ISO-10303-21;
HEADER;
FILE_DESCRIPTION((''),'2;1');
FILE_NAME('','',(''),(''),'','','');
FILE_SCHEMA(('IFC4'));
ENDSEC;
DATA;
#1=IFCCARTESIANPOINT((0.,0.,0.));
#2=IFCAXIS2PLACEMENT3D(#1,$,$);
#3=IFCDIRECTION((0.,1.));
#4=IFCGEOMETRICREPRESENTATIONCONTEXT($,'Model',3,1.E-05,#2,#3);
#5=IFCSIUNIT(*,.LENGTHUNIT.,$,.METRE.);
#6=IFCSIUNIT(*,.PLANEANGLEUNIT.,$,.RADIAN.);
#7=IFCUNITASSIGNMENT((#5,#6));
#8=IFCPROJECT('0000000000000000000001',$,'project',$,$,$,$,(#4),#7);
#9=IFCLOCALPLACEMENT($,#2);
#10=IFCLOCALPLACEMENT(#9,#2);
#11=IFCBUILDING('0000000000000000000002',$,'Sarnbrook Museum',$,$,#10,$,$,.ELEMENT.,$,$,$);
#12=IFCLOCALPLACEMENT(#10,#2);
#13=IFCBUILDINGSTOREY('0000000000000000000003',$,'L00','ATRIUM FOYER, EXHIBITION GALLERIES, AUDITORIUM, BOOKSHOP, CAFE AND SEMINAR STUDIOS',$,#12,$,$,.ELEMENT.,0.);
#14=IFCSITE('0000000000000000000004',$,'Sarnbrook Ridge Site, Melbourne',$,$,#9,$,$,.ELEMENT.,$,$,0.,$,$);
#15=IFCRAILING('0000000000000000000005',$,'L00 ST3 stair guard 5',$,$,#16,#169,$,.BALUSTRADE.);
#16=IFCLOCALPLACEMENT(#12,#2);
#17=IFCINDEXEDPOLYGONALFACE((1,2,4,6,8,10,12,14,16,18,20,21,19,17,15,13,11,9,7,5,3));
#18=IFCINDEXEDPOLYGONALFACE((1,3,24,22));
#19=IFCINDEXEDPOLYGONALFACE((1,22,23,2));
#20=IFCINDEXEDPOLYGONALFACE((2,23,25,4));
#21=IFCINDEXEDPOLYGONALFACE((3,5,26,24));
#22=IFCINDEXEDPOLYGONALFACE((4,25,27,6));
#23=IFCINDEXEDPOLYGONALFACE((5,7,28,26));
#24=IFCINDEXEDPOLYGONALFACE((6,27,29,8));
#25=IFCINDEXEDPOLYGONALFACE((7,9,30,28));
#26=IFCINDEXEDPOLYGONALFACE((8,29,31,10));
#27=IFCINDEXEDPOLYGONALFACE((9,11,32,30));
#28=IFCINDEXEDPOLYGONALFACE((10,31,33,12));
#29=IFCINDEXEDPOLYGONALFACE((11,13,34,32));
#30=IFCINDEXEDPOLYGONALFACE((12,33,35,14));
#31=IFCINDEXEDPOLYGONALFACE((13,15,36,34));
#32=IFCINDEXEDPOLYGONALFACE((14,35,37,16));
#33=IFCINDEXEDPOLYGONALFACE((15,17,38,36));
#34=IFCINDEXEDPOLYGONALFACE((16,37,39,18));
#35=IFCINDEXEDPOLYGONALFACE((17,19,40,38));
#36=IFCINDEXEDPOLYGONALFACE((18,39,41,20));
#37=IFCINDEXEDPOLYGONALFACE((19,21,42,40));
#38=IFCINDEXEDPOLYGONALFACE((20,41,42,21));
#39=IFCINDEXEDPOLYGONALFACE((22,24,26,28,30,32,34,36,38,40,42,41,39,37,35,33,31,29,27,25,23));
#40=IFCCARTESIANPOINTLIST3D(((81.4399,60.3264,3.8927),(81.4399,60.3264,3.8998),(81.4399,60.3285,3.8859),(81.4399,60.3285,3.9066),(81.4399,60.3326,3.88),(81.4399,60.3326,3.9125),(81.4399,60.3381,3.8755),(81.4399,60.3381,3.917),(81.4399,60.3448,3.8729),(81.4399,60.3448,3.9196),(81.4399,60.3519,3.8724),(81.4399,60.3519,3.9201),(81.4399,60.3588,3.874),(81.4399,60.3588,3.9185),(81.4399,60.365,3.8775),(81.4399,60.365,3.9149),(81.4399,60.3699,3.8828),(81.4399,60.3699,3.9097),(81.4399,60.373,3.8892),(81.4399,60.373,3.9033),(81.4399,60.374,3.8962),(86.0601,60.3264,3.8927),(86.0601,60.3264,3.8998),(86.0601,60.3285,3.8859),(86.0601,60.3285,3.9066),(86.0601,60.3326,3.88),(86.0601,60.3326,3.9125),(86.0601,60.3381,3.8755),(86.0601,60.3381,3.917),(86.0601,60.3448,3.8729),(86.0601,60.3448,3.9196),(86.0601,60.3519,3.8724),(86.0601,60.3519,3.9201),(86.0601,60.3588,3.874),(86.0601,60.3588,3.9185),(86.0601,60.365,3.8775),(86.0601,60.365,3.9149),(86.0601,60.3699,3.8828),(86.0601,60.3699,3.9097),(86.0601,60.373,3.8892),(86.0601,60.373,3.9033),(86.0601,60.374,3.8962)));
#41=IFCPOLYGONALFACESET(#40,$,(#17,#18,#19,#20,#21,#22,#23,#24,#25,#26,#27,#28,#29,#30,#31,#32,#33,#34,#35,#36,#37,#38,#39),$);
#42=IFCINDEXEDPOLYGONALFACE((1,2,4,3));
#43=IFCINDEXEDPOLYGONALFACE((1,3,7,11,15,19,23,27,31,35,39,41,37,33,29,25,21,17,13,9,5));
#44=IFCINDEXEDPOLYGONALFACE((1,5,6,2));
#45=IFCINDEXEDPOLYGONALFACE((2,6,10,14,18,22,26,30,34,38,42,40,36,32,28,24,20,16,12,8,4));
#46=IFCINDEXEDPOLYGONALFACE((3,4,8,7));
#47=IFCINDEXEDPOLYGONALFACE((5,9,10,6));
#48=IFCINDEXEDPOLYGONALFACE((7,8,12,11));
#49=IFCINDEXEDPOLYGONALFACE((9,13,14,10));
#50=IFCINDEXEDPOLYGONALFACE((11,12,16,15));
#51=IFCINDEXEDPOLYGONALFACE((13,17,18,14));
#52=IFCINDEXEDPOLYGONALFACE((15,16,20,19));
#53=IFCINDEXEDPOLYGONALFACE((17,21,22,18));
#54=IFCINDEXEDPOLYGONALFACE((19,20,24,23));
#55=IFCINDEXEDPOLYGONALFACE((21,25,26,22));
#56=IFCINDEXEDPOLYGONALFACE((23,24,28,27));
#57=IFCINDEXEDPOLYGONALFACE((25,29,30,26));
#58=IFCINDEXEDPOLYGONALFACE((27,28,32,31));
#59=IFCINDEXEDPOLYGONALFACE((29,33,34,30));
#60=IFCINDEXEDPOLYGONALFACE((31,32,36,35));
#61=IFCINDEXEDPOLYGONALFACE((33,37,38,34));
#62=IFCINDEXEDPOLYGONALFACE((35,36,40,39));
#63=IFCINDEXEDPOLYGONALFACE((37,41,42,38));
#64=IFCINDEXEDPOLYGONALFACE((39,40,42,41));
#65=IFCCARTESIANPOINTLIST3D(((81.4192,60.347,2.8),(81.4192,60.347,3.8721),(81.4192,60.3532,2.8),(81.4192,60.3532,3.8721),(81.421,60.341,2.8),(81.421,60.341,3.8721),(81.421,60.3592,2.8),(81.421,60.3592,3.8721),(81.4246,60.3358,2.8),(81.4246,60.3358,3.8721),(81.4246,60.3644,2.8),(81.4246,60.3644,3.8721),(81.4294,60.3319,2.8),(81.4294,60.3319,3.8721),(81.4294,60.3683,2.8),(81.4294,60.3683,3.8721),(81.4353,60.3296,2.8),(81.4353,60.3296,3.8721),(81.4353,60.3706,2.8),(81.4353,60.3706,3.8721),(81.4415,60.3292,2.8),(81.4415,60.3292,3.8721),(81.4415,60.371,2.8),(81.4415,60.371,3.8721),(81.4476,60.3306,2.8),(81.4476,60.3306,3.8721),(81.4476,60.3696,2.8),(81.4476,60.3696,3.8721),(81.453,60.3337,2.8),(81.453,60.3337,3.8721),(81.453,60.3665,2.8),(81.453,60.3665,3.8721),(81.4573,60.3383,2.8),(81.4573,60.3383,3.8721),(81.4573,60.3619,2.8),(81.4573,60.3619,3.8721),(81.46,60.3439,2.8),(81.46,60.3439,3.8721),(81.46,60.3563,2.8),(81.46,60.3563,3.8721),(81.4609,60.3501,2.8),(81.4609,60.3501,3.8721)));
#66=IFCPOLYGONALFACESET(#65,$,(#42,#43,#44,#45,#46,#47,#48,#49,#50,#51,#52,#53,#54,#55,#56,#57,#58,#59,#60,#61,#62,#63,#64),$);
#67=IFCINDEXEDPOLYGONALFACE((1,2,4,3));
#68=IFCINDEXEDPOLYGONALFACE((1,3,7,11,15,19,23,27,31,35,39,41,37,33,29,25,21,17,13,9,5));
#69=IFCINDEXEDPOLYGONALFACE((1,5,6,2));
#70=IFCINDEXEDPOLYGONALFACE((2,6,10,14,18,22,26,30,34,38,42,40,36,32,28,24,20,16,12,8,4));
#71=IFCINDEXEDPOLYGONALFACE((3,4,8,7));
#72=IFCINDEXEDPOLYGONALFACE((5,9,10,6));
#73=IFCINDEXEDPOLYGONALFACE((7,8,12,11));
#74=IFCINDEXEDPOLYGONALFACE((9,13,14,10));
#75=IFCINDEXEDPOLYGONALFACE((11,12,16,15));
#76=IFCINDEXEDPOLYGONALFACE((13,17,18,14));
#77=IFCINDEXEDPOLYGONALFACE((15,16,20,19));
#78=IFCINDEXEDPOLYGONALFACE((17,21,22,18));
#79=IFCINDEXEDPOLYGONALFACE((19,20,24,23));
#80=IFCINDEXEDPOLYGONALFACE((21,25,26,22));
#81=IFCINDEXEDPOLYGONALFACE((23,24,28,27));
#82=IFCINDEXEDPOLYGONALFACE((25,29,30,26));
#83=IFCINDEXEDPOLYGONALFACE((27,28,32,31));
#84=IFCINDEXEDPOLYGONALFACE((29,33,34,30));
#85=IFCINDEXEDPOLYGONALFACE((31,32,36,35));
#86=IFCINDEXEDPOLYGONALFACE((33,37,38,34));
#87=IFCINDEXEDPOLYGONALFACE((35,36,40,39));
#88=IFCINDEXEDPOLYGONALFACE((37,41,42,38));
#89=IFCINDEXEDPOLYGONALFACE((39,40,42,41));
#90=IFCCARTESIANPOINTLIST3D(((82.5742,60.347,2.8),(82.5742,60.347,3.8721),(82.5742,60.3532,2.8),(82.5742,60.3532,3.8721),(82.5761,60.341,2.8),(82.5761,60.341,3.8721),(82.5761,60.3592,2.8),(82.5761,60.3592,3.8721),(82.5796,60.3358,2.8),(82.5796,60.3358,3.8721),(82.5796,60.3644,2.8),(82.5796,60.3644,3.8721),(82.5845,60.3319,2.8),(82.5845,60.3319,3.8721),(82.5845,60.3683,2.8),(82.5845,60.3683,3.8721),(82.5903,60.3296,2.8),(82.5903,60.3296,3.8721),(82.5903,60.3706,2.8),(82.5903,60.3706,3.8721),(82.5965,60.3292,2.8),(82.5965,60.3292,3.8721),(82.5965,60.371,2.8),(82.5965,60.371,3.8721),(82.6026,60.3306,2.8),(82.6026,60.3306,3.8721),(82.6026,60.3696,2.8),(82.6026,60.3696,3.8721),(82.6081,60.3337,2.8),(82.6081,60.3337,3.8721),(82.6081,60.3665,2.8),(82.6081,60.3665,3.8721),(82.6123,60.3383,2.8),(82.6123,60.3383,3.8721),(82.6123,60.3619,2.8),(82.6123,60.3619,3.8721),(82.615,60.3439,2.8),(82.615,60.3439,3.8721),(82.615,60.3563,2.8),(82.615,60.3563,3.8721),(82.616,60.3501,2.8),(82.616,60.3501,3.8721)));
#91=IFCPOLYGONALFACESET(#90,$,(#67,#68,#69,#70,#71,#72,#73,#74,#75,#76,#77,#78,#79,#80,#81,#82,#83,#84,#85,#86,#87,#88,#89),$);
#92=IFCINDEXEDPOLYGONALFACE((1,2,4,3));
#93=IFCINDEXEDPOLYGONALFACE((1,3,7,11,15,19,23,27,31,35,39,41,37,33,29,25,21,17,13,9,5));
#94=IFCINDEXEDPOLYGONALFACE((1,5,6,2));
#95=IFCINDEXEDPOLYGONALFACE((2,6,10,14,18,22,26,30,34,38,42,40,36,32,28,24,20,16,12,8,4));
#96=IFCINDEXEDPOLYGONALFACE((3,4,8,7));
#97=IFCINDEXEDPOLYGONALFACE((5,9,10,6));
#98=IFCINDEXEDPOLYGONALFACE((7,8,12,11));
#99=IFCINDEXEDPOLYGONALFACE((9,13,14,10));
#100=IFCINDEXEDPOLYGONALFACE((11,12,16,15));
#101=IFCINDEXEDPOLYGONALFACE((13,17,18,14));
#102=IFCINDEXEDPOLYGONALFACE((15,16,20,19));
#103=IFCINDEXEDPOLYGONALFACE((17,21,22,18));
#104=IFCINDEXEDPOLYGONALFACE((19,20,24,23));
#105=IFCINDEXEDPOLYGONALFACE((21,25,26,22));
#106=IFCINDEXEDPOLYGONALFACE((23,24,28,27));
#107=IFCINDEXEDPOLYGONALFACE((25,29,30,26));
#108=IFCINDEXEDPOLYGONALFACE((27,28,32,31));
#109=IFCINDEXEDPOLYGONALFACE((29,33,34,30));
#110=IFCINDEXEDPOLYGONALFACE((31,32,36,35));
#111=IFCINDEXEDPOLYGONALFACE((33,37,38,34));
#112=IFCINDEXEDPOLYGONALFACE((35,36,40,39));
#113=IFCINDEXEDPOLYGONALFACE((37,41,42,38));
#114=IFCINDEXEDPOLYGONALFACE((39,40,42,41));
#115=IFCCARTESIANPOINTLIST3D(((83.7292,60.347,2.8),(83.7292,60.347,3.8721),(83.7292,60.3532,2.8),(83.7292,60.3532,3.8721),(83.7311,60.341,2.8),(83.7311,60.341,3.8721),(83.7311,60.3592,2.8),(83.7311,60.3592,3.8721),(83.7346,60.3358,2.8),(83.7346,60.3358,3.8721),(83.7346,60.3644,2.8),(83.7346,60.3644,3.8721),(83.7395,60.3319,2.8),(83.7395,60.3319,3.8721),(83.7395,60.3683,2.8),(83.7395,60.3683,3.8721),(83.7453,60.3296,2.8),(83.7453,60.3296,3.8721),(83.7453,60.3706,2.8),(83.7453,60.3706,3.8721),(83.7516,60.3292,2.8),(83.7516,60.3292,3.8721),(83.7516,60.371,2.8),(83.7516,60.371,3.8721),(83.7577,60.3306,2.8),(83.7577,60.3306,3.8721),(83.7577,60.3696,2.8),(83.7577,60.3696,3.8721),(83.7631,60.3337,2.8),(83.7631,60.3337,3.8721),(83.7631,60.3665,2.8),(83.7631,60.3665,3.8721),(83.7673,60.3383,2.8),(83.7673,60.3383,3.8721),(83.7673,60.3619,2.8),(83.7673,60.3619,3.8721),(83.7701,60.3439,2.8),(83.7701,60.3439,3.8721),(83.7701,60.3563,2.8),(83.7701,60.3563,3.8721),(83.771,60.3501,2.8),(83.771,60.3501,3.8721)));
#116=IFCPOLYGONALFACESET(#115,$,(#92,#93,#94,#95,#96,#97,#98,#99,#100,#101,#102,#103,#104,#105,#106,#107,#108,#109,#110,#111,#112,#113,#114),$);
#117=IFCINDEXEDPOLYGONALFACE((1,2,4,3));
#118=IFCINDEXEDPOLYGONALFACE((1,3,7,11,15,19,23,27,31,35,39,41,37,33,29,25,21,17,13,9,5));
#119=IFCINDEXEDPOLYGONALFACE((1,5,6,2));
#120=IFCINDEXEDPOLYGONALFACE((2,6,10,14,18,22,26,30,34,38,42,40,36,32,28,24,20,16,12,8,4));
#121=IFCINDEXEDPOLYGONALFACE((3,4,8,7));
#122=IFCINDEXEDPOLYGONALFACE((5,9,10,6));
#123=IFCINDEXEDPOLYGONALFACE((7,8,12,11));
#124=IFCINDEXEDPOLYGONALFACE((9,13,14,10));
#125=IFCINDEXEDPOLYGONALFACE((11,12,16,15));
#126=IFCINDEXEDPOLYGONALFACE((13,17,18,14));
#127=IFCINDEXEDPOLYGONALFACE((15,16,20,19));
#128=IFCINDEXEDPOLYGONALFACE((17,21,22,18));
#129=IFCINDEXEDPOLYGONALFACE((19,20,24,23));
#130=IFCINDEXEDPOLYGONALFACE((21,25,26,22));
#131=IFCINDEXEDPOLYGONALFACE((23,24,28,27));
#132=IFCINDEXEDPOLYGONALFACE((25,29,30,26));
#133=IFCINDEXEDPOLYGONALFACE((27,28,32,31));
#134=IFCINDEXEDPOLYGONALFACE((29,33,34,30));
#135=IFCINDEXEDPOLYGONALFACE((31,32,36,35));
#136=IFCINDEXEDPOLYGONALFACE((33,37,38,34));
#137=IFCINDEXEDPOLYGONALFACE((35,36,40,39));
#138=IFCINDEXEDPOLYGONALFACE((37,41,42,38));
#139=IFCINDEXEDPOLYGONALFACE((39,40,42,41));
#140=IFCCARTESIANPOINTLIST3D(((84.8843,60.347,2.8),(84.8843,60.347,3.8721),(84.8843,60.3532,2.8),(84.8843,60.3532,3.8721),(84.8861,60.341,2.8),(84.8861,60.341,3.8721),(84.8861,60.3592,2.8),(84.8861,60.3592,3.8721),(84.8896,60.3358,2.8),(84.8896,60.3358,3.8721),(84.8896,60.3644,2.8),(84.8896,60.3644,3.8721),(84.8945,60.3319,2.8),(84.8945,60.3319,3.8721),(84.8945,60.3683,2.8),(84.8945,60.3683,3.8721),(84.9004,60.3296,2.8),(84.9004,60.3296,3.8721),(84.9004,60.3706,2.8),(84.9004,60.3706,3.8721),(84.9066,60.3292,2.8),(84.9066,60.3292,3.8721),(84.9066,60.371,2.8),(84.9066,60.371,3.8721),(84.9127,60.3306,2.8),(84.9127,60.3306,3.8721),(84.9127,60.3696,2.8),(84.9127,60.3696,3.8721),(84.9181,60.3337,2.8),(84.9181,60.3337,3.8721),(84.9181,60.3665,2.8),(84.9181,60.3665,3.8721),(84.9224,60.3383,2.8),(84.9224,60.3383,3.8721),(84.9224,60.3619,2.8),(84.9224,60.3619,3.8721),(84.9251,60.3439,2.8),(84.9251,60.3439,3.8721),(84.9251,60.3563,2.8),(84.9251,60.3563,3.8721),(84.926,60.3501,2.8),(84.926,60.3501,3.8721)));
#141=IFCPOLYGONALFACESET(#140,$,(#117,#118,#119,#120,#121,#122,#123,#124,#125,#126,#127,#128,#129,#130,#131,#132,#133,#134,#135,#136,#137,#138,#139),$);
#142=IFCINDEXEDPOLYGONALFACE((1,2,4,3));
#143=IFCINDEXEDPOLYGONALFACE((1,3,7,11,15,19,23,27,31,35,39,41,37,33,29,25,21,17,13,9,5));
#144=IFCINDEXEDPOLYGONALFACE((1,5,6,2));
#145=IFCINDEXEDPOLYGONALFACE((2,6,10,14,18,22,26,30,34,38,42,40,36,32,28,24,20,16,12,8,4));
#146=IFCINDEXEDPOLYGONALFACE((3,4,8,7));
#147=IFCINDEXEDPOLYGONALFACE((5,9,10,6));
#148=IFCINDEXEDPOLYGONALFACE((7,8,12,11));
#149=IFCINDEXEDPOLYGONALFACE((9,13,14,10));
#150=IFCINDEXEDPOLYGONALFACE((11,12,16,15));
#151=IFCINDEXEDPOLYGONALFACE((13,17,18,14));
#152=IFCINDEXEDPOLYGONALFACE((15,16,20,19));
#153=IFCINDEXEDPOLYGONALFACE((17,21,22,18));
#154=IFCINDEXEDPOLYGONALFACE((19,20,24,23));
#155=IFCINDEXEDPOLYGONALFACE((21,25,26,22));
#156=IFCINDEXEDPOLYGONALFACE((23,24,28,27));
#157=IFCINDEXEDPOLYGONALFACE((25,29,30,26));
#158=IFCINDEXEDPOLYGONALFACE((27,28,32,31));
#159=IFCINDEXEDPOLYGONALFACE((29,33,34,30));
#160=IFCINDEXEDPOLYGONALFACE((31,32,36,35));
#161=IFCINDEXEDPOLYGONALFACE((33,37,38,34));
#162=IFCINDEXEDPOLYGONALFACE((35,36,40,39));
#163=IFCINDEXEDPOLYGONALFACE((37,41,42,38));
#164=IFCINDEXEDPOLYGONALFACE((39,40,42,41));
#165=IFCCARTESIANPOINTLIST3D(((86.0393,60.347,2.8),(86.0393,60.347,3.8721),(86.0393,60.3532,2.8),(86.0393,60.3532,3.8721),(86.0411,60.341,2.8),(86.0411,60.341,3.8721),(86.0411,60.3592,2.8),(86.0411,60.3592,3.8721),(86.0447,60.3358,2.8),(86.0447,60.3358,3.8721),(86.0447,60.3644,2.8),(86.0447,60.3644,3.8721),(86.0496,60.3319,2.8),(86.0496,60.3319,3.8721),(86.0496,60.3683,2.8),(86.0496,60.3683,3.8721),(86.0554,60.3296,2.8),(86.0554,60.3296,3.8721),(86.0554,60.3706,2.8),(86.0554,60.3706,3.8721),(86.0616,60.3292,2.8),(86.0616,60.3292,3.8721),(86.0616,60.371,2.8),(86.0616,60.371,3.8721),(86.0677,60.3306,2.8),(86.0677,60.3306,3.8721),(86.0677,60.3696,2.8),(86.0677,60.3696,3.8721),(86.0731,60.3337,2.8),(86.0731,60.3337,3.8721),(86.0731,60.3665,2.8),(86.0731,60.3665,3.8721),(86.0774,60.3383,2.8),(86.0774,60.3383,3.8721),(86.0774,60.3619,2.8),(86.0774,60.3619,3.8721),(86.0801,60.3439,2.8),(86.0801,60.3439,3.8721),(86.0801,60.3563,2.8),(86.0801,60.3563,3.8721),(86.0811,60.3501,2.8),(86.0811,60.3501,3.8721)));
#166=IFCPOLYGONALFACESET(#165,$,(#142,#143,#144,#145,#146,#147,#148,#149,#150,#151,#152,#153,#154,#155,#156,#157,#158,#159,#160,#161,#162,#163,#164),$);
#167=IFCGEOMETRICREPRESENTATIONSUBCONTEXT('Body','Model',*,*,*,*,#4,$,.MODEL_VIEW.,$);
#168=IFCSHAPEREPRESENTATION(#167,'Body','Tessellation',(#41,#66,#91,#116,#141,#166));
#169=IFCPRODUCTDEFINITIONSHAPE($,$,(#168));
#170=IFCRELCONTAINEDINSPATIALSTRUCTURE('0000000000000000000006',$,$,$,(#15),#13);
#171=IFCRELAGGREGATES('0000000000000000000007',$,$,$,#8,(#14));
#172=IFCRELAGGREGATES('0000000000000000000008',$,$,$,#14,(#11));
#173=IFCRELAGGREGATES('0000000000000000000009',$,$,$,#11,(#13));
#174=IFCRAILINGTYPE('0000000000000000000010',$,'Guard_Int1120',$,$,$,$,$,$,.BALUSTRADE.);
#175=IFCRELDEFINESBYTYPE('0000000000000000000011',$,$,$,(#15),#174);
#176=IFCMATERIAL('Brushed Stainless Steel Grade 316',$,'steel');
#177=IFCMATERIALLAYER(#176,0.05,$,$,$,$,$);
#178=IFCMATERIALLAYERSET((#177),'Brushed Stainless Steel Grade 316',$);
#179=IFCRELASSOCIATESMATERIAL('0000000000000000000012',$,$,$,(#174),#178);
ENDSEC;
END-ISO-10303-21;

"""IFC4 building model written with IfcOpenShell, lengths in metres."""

from ifc_helpers import new_model, si_unit, direction, frame, origin, origin_2d, place, context, subcontext, project, spatial, circle, extrude, material, layer, layer_set, type_object, element, save


model = new_model("IFC4")

# Units and contexts
model_context = context("Model", 3, precision=1e-05, world=origin(), true_north=direction((0.0, 1.0)))
body_context = subcontext(model_context, "Body", "Model", "MODEL_VIEW")
ifc_project = project(units=[si_unit("LENGTHUNIT", "METRE"), si_unit("PLANEANGLEUNIT", "RADIAN")], contexts=[model_context])

# Site, building, storey
site_placement = place(None, origin())
site = spatial("IfcSite", under=ifc_project, at=site_placement, Name="Sarnbrook Ridge Site, Melbourne", CompositionType="ELEMENT", RefElevation=0.0)
building_placement = place(site_placement, origin())
building = spatial("IfcBuilding", under=site, at=building_placement, Name="Sarnbrook Museum", CompositionType="ELEMENT")
storey_placement = place(building_placement, origin())
storey = spatial("IfcBuildingStorey", under=building, at=storey_placement, Name="L00", Description="ATRIUM FOYER, EXHIBITION GALLERIES, AUDITORIUM, BOOKSHOP, CAFE AND SEMINAR STUDIOS", CompositionType="ELEMENT", Elevation=0.0)

# Shared definitions
ifc_material_1 = material(Name="Brushed Stainless Steel Grade 316", Category="steel")

# Railing
ifc_layer_1 = layer(ifc_material_1, 0.05)
ifc_layer_set_1 = layer_set([ifc_layer_1], Name="Brushed Stainless Steel Grade 316")
railing_type_1 = type_object("IfcRailingType", Name="Guard_Int1120", PredefinedType="BALUSTRADE", material=ifc_layer_set_1)
railing_1_placement = place(storey_placement, frame((81.4399, 60.3501, 2.8)))
element("IfcRailing", 1, at=railing_1_placement, inside=storey, type_object=railing_type_1, Name="L00 ST3 stair guard 5", PredefinedType="BALUSTRADE", context=body_context, shape_type="SweptSolid", body=[
    extrude(circle(Radius=0.0239, at=origin_2d()), frame((0.0, 0.0, 1.0962), z_axis=(1.0, 0.0, 0.0), x_axis=(0.0, 1.0, 0.0)), (0.0, 0.0, 1.0), 4.6201),
    extrude(circle(Radius=0.021, at=origin_2d()), origin(), (0.0, 0.0, 1.0), 1.072),
    extrude(circle(Radius=0.021, at=origin_2d()), frame((1.155, 0.0, 0.0)), (0.0, 0.0, 1.0), 1.072),
    extrude(circle(Radius=0.021, at=origin_2d()), frame((2.3101, 0.0, 0.0)), (0.0, 0.0, 1.0), 1.072),
    extrude(circle(Radius=0.021, at=origin_2d()), frame((3.4651, 0.0, 0.0)), (0.0, 0.0, 1.0), 1.072),
    extrude(circle(Radius=0.021, at=origin_2d()), frame((4.6201, 0.0, 0.0)), (0.0, 0.0, 1.0), 1.072),
])

save(model, "model.ifc")
